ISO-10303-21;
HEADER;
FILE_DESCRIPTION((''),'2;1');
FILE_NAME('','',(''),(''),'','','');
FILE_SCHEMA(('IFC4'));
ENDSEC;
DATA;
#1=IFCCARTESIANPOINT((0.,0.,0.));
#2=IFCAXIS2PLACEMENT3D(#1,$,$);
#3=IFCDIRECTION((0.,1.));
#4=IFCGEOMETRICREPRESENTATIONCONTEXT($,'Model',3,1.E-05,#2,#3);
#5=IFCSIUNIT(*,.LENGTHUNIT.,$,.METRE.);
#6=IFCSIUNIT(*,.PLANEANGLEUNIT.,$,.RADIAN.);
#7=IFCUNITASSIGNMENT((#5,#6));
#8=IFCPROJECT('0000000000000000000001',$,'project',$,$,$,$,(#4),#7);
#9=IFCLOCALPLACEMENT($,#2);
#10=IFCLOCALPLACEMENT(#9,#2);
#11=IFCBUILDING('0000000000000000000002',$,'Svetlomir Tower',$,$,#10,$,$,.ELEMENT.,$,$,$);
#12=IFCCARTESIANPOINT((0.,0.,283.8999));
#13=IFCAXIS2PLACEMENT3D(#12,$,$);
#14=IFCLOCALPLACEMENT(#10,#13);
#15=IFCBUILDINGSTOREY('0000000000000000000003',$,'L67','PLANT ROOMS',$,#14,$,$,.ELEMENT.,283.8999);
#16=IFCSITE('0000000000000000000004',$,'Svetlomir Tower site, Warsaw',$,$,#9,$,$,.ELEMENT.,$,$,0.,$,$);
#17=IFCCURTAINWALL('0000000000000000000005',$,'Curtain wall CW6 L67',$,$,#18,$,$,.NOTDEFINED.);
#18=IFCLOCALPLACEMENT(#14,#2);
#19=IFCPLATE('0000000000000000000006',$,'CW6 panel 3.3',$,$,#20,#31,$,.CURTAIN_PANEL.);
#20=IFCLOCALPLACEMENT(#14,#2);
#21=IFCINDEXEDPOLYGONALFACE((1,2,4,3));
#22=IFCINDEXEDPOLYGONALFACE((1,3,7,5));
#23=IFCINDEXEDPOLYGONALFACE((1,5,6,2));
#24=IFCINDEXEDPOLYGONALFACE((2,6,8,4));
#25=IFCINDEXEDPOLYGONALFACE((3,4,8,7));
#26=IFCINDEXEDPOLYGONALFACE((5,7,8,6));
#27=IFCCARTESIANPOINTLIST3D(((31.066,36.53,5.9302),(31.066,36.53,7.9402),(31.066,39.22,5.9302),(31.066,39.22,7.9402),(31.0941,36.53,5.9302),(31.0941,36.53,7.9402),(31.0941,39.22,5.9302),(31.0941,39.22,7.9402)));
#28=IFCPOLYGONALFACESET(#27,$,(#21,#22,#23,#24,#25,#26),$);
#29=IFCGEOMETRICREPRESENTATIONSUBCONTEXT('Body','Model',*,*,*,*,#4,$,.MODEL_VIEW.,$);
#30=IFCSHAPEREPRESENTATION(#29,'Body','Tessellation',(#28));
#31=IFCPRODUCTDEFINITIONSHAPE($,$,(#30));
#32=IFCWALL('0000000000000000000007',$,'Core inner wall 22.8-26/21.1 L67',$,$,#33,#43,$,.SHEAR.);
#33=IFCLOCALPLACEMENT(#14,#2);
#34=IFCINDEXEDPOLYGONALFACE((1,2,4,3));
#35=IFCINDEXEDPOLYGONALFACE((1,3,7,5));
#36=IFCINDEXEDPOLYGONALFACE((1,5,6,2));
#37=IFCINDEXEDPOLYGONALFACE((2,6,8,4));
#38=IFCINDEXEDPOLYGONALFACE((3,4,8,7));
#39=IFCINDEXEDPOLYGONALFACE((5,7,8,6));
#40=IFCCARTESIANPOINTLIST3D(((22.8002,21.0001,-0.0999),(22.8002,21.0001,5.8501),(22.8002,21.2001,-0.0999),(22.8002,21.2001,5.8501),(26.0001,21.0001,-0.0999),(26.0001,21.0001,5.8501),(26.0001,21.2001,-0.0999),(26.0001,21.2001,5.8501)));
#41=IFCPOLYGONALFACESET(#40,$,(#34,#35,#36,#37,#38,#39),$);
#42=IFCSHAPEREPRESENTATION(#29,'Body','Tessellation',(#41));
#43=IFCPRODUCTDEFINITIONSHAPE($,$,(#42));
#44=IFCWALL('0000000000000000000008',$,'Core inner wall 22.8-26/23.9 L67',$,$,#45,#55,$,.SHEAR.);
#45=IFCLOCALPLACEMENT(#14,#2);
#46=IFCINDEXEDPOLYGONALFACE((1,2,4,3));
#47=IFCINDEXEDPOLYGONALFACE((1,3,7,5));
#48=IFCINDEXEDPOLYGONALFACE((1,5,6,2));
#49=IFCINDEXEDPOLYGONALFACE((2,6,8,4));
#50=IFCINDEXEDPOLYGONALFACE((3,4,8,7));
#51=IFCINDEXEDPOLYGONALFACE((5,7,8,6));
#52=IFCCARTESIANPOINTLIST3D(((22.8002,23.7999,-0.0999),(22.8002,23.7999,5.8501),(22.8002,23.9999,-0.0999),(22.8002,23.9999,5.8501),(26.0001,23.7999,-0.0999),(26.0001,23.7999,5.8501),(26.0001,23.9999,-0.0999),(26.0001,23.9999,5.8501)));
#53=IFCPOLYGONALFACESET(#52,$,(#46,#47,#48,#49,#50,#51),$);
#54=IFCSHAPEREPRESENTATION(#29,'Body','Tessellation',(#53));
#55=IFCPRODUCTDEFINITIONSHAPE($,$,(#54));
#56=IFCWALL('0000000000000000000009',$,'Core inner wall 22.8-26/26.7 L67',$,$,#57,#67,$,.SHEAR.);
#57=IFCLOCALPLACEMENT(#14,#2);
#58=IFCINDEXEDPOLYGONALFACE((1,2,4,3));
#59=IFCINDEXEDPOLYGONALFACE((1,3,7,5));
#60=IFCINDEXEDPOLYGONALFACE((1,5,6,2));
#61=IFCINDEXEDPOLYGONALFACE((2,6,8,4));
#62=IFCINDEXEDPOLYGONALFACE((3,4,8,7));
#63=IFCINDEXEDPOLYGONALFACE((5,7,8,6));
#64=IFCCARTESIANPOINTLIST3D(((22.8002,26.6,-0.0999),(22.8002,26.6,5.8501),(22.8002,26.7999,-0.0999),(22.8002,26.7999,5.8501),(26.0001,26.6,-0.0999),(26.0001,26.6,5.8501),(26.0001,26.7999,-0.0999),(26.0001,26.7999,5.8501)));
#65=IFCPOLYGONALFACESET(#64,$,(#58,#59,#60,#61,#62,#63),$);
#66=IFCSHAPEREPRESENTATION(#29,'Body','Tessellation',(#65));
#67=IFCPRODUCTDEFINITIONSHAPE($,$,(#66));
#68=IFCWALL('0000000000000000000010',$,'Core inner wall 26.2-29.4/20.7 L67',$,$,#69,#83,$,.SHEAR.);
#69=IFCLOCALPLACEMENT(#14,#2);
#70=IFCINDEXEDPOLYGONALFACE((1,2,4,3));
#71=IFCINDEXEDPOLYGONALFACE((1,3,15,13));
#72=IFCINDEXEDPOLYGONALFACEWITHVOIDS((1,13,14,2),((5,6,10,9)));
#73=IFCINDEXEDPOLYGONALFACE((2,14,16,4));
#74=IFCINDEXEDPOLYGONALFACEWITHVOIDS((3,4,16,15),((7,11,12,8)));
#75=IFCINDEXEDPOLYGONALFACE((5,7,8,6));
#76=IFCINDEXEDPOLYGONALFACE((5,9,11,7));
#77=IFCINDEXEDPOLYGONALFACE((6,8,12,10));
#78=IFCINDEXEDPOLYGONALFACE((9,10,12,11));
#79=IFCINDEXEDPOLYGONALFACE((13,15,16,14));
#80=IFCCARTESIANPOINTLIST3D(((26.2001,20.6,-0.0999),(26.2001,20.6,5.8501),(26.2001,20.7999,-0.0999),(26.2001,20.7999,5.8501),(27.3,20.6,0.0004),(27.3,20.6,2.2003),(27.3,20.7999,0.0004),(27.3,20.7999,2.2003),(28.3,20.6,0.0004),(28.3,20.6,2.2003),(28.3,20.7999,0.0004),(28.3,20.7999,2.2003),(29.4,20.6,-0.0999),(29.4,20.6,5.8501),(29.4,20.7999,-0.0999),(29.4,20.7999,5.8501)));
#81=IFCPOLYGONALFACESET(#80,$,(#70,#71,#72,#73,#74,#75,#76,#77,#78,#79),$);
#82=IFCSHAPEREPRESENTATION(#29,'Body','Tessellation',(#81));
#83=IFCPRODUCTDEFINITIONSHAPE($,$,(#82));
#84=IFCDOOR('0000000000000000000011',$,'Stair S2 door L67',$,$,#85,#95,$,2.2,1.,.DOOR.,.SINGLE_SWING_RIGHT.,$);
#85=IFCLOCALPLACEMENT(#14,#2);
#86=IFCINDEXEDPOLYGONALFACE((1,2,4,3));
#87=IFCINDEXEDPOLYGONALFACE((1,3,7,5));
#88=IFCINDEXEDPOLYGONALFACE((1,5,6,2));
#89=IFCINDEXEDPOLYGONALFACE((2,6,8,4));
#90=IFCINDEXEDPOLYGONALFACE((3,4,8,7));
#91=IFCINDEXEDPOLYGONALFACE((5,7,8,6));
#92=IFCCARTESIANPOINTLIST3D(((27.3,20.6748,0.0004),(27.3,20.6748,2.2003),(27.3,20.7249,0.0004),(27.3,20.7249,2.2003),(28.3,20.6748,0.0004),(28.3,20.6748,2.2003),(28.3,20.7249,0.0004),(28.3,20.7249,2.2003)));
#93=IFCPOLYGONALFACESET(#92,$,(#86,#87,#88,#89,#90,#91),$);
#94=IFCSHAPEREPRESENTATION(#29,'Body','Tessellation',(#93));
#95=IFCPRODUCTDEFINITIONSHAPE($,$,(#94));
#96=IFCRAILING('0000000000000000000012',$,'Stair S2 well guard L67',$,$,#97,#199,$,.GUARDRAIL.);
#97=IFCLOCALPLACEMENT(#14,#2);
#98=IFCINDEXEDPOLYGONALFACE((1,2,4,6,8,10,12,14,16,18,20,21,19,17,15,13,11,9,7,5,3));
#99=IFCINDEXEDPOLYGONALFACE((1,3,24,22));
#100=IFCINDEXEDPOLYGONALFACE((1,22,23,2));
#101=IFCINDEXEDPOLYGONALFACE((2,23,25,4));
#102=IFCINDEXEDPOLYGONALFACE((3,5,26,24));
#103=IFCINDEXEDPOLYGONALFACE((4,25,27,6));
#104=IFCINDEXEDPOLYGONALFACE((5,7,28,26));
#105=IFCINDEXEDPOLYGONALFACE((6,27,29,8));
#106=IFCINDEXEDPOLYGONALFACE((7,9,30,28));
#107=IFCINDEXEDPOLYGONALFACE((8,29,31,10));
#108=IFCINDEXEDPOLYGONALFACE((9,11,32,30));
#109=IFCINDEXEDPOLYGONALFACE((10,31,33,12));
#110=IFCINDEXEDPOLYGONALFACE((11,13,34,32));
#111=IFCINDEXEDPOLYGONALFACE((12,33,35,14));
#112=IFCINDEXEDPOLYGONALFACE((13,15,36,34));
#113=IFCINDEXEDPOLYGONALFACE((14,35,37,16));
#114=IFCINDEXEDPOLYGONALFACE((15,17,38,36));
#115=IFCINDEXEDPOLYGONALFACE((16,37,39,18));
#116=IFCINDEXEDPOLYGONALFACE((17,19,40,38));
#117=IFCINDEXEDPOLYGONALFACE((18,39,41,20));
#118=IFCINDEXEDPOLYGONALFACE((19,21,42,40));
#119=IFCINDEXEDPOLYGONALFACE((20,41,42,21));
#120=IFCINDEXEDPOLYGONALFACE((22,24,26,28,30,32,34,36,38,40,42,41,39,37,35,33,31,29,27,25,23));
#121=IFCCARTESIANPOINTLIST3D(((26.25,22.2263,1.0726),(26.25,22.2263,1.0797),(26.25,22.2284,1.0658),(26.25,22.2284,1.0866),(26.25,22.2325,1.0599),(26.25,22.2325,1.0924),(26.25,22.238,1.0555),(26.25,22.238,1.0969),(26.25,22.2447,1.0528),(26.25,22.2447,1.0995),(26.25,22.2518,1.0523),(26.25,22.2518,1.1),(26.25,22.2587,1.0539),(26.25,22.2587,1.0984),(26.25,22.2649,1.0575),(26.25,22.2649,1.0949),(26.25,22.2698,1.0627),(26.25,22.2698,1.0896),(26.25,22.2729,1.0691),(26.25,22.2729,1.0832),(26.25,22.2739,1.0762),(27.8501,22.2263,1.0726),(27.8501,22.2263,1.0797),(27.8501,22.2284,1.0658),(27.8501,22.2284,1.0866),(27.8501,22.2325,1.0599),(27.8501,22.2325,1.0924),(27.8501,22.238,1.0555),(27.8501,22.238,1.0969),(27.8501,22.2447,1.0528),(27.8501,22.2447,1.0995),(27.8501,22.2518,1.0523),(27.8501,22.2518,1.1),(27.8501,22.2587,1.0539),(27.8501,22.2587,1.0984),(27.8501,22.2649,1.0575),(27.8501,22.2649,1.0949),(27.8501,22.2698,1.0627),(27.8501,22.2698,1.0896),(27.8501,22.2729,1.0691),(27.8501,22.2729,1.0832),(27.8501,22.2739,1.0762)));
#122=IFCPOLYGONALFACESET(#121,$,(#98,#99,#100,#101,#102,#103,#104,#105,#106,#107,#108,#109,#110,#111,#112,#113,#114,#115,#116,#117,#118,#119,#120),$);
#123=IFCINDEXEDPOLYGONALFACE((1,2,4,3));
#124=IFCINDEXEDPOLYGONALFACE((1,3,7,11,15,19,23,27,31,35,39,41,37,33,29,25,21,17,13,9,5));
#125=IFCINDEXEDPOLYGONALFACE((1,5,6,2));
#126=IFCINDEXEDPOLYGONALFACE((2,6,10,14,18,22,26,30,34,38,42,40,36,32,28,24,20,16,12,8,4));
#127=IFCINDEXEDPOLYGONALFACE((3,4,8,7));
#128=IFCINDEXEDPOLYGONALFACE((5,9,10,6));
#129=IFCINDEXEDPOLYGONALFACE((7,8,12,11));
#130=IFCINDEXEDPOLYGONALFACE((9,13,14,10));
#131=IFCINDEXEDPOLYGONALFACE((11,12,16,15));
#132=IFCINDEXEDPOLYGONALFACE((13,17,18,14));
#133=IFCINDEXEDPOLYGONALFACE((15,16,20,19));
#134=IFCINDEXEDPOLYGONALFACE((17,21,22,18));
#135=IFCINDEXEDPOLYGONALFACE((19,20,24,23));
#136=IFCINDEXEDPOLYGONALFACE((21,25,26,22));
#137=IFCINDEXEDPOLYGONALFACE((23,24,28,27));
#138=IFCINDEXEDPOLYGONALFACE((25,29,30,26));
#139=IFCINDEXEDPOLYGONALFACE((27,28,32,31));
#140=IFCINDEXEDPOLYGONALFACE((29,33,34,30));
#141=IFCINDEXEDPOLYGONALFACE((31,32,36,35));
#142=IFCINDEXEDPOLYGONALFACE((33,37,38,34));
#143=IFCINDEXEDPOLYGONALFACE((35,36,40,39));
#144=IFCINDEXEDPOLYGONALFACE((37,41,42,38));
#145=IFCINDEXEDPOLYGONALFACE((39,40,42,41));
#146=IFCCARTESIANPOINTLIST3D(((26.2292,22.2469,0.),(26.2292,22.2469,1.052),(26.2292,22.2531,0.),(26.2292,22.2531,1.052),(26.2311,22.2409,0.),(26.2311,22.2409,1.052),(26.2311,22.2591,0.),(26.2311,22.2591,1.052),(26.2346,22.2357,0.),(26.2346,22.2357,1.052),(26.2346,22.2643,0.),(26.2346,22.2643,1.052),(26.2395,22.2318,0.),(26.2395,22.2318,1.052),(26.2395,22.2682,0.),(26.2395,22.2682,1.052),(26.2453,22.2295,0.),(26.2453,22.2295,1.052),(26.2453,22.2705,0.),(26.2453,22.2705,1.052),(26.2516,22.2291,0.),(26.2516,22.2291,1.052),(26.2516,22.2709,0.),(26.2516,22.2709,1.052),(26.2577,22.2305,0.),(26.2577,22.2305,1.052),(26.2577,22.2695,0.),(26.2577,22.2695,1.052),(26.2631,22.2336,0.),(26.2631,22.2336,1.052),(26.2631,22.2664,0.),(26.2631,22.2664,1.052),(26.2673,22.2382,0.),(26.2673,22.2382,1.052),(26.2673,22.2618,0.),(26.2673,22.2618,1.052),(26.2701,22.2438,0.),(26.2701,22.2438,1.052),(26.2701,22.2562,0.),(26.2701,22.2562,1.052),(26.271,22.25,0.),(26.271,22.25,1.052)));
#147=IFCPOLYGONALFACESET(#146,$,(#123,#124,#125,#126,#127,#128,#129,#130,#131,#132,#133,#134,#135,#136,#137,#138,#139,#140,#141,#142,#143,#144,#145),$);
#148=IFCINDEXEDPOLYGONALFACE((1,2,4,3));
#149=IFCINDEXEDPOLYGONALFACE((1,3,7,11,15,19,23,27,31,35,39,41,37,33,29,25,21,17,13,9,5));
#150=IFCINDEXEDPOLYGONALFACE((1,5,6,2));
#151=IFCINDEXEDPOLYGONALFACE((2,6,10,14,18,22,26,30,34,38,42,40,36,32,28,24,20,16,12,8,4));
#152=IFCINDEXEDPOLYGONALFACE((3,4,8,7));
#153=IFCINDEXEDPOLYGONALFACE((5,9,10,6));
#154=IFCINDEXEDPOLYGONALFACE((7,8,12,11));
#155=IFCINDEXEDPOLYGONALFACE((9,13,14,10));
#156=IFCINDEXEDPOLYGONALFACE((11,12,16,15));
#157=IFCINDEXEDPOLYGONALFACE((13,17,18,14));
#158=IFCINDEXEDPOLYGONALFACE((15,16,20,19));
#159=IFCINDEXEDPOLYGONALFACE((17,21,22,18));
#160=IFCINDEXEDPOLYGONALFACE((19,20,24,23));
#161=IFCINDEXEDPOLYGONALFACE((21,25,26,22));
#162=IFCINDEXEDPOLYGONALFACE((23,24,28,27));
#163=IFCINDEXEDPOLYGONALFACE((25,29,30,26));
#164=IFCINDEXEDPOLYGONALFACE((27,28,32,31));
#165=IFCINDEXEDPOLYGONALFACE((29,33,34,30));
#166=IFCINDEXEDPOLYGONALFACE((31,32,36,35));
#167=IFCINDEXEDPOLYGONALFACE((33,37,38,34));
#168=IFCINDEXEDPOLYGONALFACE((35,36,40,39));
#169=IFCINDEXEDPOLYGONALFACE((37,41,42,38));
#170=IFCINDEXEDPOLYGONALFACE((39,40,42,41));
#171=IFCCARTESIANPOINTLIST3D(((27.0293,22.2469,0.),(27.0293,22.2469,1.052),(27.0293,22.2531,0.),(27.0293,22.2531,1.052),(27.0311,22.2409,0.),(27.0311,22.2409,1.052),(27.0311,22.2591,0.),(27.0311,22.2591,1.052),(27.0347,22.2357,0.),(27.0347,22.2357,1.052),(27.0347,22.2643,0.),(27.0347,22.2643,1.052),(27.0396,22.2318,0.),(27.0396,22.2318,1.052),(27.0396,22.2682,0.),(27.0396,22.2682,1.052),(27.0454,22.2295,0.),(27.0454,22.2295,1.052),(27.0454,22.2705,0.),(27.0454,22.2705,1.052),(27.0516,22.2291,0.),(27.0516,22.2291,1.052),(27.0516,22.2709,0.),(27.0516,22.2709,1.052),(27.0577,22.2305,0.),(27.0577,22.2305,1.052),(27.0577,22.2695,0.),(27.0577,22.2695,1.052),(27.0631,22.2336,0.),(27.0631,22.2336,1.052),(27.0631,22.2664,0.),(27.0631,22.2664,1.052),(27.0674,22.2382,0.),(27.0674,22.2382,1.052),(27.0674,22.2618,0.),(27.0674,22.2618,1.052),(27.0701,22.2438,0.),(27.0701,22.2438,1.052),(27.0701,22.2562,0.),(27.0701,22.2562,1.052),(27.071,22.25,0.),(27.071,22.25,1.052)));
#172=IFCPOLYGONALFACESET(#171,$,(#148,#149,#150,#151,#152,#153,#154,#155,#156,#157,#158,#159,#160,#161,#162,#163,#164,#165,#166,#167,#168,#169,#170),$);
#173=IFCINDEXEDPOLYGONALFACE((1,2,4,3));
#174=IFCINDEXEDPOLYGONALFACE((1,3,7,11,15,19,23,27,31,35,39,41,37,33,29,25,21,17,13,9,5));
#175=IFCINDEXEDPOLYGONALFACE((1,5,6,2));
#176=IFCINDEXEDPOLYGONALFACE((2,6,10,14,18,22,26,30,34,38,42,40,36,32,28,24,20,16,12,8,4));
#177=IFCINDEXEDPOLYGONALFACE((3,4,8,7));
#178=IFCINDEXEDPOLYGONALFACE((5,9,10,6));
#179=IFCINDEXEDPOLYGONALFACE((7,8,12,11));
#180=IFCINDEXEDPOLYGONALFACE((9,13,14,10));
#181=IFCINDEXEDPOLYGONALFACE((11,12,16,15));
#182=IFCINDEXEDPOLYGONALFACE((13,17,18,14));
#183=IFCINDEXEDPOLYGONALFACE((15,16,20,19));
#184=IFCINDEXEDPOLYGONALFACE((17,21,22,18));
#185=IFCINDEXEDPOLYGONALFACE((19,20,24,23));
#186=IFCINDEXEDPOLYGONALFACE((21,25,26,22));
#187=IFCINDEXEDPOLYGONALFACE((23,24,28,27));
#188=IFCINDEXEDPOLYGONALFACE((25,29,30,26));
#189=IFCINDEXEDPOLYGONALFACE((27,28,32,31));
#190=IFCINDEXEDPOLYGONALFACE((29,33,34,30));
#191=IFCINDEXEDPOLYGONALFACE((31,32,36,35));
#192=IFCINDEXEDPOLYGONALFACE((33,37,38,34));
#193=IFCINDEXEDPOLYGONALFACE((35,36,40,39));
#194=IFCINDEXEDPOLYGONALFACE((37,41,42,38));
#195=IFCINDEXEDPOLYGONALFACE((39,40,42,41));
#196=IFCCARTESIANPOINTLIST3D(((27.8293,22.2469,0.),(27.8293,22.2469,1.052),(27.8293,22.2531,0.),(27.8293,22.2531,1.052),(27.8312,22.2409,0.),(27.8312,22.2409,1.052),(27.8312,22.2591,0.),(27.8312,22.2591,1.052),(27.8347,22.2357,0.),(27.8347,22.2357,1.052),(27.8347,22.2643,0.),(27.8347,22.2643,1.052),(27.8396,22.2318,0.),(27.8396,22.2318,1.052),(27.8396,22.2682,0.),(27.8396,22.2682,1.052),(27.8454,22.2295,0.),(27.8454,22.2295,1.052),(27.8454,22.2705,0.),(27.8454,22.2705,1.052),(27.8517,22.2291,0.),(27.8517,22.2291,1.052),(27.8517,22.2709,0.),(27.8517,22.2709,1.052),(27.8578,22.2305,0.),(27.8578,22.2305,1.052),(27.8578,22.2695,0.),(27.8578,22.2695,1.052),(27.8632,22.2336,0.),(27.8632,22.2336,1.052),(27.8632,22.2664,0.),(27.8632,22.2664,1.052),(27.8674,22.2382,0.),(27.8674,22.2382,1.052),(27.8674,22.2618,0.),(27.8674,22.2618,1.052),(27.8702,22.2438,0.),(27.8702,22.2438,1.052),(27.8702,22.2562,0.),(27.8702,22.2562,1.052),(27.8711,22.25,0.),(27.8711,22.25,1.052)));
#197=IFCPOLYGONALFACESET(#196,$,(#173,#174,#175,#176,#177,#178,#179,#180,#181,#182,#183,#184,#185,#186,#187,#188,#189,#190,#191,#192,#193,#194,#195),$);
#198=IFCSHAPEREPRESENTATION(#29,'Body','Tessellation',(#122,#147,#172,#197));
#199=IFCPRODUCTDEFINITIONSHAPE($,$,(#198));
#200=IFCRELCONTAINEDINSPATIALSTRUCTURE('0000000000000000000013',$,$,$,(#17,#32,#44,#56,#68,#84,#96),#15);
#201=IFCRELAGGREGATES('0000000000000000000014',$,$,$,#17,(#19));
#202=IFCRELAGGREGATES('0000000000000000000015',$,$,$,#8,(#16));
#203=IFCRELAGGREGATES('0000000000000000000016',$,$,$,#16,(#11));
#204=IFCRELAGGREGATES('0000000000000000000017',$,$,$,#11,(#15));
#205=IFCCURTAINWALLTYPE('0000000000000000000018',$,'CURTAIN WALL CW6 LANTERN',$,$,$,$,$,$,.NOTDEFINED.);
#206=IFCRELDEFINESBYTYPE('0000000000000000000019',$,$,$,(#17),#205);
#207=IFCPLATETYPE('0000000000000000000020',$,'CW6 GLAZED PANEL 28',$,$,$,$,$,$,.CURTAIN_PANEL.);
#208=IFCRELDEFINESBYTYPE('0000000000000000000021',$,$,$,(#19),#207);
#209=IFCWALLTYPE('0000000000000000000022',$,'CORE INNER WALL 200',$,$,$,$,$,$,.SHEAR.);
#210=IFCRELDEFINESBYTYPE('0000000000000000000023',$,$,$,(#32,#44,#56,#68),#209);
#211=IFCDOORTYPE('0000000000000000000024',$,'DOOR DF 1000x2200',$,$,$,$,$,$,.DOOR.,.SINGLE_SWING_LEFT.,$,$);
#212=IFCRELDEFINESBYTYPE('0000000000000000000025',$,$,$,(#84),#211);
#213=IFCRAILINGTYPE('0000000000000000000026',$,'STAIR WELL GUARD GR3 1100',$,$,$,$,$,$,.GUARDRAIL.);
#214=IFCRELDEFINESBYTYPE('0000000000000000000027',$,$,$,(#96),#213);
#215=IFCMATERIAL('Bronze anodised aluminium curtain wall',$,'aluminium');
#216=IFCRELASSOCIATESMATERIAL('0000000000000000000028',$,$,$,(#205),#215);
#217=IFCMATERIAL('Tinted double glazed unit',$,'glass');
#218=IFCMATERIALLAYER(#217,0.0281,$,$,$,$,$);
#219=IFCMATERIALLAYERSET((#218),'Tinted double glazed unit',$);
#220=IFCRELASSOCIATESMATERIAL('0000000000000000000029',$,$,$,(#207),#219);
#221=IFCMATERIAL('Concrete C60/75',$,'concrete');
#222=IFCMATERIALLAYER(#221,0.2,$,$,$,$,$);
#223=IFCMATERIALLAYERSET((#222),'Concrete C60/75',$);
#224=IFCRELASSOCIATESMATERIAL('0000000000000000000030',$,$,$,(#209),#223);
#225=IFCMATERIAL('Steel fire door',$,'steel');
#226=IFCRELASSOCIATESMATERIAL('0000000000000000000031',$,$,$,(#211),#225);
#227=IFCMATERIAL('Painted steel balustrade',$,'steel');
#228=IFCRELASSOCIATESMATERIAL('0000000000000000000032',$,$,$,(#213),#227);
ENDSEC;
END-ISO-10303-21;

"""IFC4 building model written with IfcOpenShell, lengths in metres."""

from ifc_helpers import new_model, si_unit, direction, frame, frame_2d, origin, origin_2d, place, context, subcontext, project, spatial, rectangle, circle, extrude, material, layer, layer_set, type_object, element, fill, aggregate, save


model = new_model("IFC4")

# Units and contexts
model_context = context("Model", 3, precision=1e-05, world=origin(), true_north=direction((0.0, 1.0)))
body_context = subcontext(model_context, "Body", "Model", "MODEL_VIEW")
ifc_project = project(units=[si_unit("LENGTHUNIT", "METRE"), si_unit("PLANEANGLEUNIT", "RADIAN")], contexts=[model_context])

# Site, building, storey
site_placement = place(None, origin())
site = spatial("IfcSite", under=ifc_project, at=site_placement, Name="Svetlomir Tower site, Warsaw", CompositionType="ELEMENT", RefElevation=0.0)
building_placement = place(site_placement, origin())
building = spatial("IfcBuilding", under=site, at=building_placement, Name="Svetlomir Tower", CompositionType="ELEMENT")
storey_placement = place(building_placement, frame((0.0, 0.0, 283.8999)))
storey = spatial("IfcBuildingStorey", under=building, at=storey_placement, Name="L67", Description="PLANT ROOMS", CompositionType="ELEMENT", Elevation=283.8999)

# Shared definitions
ifc_material_1 = material(Name="Bronze anodised aluminium curtain wall", Category="aluminium")
curtain_wall_type = type_object("IfcCurtainWallType", Name="CURTAIN WALL CW6 LANTERN", PredefinedType="NOTDEFINED", material=ifc_material_1)

# Curtain wall, plate
curtain_wall_1_placement = place(storey_placement, origin())
curtain_wall_1 = element("IfcCurtainWall", 1, at=curtain_wall_1_placement, inside=storey, type_object=curtain_wall_type, Name="Curtain wall CW6 L67", PredefinedType="NOTDEFINED")
ifc_material_2 = material(Name="Tinted double glazed unit", Category="glass")
ifc_layer_1 = layer(ifc_material_2, 0.0281)
ifc_layer_set_1 = layer_set([ifc_layer_1], Name="Tinted double glazed unit")
plate_type = type_object("IfcPlateType", Name="CW6 GLAZED PANEL 28", PredefinedType="CURTAIN_PANEL", material=ifc_layer_set_1)
plate_1_placement = place(storey_placement, frame((31.0801, 37.875, 5.9302), z_axis=(0.0, 0.0, 1.0), x_axis=(0.0, 1.0, 0.0)))
plate_1 = element("IfcPlate", 2, at=plate_1_placement, type_object=plate_type, Name="CW6 panel 3.3", PredefinedType="CURTAIN_PANEL", context=body_context, shape_type="SweptSolid", body=[
    extrude(rectangle(XDim=2.6899, YDim=0.0281, at=origin_2d()), origin(), (0.0, 0.0, 1.0), 2.01),
])
aggregate(curtain_wall_1, [plate_1])

# Walls
ifc_material_3 = material(Name="Concrete C60/75", Category="concrete")
ifc_layer_2 = layer(ifc_material_3, 0.2)
ifc_layer_set_2 = layer_set([ifc_layer_2], Name="Concrete C60/75")
wall_type = type_object("IfcWallType", Name="CORE INNER WALL 200", PredefinedType="SHEAR", material=ifc_layer_set_2)
for number, where, z_axis, x_axis, name in (
    (3, (22.8, 21.1001, -0.0999), (0.0, 0.0, 1.0), (1.0, 0.0, 0.0), "Core inner wall 22.8-26/21.1 L67"),
    (4, (22.8, 23.8999, -0.0999), (0.0, 0.0, 1.0), (1.0, 0.0, 0.0), "Core inner wall 22.8-26/23.9 L67"),
    (5, (22.8, 26.7, -0.0999), (0.0, 0.0, 1.0), (1.0, 0.0, 0.0), "Core inner wall 22.8-26/26.7 L67"),
):
    element("IfcWall", number, at=place(storey_placement, frame(where, z_axis=z_axis, x_axis=x_axis)), inside=storey, type_object=wall_type, Name=name, PredefinedType="SHEAR", context=body_context, shape_type="SweptSolid", body=[
        extrude(rectangle(XDim=3.2, YDim=0.2, at=frame_2d((1.6001, 0.0))), origin(), (0.0, 0.0, 1.0), 5.95),
    ])

# Wall, opening, door
wall_placement = place(storey_placement, frame((26.2, 20.7, -0.0999), z_axis=(0.0, 0.0, 1.0), x_axis=(1.0, 0.0, 0.0)))
wall = element("IfcWall", 6, at=wall_placement, inside=storey, type_object=wall_type, Name="Core inner wall 26.2-29.4/20.7 L67", PredefinedType="SHEAR", context=body_context, shape_type="SweptSolid", body=[
    extrude(rectangle(XDim=3.2, YDim=0.2, at=frame_2d((1.6001, 0.0))), origin(), (0.0, 0.0, 1.0), 5.95),
])
opening_placement = place(wall_placement, frame((1.1001, 0.0, 0.1001)))
opening = element("IfcOpeningElement", 7, at=opening_placement, cuts=wall, PredefinedType="OPENING", context=body_context, shape_type="SweptSolid", body=[
    extrude(rectangle(XDim=1.0, YDim=2.2, at=frame_2d((0.5, 1.1001))), frame((0.0, 0.1099, 0.0), z_axis=(0.0, -1.0, 0.0), x_axis=(1.0, 0.0, 0.0)), (0.0, 0.0, 1.0), 0.22),
])
ifc_material_4 = material(Name="Steel fire door", Category="steel")
door_type = type_object("IfcDoorType", Name="DOOR DF 1000x2200", OperationType="SINGLE_SWING_LEFT", PredefinedType="DOOR", material=ifc_material_4)
door_placement = place(opening_placement, origin())
door = element("IfcDoor", 8, at=door_placement, inside=storey, type_object=door_type, Name="Stair S2 door L67", OperationType="SINGLE_SWING_RIGHT", OverallHeight=2.2, OverallWidth=1.0, PredefinedType="DOOR", context=body_context, shape_type="SweptSolid", body=[
    extrude(rectangle(XDim=1.0, YDim=2.2, at=frame_2d((0.5, 1.1001))), frame((0.0, 0.0249, 0.0), z_axis=(0.0, -1.0, 0.0), x_axis=(1.0, 0.0, 0.0)), (0.0, 0.0, 1.0), 0.05),
])
fill(opening, door)

# Railing
ifc_material_5 = material(Name="Painted steel balustrade", Category="steel")
railing_type = type_object("IfcRailingType", Name="STAIR WELL GUARD GR3 1100", PredefinedType="GUARDRAIL", material=ifc_material_5)
railing_placement = place(storey_placement, frame((26.25, 22.25, 0.0)))
element("IfcRailing", 9, at=railing_placement, inside=storey, type_object=railing_type, Name="Stair S2 well guard L67", PredefinedType="GUARDRAIL", context=body_context, shape_type="SweptSolid", body=[
    extrude(circle(Radius=0.0239, at=origin_2d()), frame((0.0, 0.0, 1.0762), z_axis=(1.0, 0.0, 0.0), x_axis=(0.0, 1.0, 0.0)), (0.0, 0.0, 1.0), 1.6001),
    extrude(circle(Radius=0.021, at=origin_2d()), origin(), (0.0, 0.0, 1.0), 1.052),
    extrude(circle(Radius=0.021, at=origin_2d()), frame((0.8, 0.0, 0.0)), (0.0, 0.0, 1.0), 1.052),
    extrude(circle(Radius=0.021, at=origin_2d()), frame((1.6001, 0.0, 0.0)), (0.0, 0.0, 1.0), 1.052),
])

save(model, "model.ifc")
